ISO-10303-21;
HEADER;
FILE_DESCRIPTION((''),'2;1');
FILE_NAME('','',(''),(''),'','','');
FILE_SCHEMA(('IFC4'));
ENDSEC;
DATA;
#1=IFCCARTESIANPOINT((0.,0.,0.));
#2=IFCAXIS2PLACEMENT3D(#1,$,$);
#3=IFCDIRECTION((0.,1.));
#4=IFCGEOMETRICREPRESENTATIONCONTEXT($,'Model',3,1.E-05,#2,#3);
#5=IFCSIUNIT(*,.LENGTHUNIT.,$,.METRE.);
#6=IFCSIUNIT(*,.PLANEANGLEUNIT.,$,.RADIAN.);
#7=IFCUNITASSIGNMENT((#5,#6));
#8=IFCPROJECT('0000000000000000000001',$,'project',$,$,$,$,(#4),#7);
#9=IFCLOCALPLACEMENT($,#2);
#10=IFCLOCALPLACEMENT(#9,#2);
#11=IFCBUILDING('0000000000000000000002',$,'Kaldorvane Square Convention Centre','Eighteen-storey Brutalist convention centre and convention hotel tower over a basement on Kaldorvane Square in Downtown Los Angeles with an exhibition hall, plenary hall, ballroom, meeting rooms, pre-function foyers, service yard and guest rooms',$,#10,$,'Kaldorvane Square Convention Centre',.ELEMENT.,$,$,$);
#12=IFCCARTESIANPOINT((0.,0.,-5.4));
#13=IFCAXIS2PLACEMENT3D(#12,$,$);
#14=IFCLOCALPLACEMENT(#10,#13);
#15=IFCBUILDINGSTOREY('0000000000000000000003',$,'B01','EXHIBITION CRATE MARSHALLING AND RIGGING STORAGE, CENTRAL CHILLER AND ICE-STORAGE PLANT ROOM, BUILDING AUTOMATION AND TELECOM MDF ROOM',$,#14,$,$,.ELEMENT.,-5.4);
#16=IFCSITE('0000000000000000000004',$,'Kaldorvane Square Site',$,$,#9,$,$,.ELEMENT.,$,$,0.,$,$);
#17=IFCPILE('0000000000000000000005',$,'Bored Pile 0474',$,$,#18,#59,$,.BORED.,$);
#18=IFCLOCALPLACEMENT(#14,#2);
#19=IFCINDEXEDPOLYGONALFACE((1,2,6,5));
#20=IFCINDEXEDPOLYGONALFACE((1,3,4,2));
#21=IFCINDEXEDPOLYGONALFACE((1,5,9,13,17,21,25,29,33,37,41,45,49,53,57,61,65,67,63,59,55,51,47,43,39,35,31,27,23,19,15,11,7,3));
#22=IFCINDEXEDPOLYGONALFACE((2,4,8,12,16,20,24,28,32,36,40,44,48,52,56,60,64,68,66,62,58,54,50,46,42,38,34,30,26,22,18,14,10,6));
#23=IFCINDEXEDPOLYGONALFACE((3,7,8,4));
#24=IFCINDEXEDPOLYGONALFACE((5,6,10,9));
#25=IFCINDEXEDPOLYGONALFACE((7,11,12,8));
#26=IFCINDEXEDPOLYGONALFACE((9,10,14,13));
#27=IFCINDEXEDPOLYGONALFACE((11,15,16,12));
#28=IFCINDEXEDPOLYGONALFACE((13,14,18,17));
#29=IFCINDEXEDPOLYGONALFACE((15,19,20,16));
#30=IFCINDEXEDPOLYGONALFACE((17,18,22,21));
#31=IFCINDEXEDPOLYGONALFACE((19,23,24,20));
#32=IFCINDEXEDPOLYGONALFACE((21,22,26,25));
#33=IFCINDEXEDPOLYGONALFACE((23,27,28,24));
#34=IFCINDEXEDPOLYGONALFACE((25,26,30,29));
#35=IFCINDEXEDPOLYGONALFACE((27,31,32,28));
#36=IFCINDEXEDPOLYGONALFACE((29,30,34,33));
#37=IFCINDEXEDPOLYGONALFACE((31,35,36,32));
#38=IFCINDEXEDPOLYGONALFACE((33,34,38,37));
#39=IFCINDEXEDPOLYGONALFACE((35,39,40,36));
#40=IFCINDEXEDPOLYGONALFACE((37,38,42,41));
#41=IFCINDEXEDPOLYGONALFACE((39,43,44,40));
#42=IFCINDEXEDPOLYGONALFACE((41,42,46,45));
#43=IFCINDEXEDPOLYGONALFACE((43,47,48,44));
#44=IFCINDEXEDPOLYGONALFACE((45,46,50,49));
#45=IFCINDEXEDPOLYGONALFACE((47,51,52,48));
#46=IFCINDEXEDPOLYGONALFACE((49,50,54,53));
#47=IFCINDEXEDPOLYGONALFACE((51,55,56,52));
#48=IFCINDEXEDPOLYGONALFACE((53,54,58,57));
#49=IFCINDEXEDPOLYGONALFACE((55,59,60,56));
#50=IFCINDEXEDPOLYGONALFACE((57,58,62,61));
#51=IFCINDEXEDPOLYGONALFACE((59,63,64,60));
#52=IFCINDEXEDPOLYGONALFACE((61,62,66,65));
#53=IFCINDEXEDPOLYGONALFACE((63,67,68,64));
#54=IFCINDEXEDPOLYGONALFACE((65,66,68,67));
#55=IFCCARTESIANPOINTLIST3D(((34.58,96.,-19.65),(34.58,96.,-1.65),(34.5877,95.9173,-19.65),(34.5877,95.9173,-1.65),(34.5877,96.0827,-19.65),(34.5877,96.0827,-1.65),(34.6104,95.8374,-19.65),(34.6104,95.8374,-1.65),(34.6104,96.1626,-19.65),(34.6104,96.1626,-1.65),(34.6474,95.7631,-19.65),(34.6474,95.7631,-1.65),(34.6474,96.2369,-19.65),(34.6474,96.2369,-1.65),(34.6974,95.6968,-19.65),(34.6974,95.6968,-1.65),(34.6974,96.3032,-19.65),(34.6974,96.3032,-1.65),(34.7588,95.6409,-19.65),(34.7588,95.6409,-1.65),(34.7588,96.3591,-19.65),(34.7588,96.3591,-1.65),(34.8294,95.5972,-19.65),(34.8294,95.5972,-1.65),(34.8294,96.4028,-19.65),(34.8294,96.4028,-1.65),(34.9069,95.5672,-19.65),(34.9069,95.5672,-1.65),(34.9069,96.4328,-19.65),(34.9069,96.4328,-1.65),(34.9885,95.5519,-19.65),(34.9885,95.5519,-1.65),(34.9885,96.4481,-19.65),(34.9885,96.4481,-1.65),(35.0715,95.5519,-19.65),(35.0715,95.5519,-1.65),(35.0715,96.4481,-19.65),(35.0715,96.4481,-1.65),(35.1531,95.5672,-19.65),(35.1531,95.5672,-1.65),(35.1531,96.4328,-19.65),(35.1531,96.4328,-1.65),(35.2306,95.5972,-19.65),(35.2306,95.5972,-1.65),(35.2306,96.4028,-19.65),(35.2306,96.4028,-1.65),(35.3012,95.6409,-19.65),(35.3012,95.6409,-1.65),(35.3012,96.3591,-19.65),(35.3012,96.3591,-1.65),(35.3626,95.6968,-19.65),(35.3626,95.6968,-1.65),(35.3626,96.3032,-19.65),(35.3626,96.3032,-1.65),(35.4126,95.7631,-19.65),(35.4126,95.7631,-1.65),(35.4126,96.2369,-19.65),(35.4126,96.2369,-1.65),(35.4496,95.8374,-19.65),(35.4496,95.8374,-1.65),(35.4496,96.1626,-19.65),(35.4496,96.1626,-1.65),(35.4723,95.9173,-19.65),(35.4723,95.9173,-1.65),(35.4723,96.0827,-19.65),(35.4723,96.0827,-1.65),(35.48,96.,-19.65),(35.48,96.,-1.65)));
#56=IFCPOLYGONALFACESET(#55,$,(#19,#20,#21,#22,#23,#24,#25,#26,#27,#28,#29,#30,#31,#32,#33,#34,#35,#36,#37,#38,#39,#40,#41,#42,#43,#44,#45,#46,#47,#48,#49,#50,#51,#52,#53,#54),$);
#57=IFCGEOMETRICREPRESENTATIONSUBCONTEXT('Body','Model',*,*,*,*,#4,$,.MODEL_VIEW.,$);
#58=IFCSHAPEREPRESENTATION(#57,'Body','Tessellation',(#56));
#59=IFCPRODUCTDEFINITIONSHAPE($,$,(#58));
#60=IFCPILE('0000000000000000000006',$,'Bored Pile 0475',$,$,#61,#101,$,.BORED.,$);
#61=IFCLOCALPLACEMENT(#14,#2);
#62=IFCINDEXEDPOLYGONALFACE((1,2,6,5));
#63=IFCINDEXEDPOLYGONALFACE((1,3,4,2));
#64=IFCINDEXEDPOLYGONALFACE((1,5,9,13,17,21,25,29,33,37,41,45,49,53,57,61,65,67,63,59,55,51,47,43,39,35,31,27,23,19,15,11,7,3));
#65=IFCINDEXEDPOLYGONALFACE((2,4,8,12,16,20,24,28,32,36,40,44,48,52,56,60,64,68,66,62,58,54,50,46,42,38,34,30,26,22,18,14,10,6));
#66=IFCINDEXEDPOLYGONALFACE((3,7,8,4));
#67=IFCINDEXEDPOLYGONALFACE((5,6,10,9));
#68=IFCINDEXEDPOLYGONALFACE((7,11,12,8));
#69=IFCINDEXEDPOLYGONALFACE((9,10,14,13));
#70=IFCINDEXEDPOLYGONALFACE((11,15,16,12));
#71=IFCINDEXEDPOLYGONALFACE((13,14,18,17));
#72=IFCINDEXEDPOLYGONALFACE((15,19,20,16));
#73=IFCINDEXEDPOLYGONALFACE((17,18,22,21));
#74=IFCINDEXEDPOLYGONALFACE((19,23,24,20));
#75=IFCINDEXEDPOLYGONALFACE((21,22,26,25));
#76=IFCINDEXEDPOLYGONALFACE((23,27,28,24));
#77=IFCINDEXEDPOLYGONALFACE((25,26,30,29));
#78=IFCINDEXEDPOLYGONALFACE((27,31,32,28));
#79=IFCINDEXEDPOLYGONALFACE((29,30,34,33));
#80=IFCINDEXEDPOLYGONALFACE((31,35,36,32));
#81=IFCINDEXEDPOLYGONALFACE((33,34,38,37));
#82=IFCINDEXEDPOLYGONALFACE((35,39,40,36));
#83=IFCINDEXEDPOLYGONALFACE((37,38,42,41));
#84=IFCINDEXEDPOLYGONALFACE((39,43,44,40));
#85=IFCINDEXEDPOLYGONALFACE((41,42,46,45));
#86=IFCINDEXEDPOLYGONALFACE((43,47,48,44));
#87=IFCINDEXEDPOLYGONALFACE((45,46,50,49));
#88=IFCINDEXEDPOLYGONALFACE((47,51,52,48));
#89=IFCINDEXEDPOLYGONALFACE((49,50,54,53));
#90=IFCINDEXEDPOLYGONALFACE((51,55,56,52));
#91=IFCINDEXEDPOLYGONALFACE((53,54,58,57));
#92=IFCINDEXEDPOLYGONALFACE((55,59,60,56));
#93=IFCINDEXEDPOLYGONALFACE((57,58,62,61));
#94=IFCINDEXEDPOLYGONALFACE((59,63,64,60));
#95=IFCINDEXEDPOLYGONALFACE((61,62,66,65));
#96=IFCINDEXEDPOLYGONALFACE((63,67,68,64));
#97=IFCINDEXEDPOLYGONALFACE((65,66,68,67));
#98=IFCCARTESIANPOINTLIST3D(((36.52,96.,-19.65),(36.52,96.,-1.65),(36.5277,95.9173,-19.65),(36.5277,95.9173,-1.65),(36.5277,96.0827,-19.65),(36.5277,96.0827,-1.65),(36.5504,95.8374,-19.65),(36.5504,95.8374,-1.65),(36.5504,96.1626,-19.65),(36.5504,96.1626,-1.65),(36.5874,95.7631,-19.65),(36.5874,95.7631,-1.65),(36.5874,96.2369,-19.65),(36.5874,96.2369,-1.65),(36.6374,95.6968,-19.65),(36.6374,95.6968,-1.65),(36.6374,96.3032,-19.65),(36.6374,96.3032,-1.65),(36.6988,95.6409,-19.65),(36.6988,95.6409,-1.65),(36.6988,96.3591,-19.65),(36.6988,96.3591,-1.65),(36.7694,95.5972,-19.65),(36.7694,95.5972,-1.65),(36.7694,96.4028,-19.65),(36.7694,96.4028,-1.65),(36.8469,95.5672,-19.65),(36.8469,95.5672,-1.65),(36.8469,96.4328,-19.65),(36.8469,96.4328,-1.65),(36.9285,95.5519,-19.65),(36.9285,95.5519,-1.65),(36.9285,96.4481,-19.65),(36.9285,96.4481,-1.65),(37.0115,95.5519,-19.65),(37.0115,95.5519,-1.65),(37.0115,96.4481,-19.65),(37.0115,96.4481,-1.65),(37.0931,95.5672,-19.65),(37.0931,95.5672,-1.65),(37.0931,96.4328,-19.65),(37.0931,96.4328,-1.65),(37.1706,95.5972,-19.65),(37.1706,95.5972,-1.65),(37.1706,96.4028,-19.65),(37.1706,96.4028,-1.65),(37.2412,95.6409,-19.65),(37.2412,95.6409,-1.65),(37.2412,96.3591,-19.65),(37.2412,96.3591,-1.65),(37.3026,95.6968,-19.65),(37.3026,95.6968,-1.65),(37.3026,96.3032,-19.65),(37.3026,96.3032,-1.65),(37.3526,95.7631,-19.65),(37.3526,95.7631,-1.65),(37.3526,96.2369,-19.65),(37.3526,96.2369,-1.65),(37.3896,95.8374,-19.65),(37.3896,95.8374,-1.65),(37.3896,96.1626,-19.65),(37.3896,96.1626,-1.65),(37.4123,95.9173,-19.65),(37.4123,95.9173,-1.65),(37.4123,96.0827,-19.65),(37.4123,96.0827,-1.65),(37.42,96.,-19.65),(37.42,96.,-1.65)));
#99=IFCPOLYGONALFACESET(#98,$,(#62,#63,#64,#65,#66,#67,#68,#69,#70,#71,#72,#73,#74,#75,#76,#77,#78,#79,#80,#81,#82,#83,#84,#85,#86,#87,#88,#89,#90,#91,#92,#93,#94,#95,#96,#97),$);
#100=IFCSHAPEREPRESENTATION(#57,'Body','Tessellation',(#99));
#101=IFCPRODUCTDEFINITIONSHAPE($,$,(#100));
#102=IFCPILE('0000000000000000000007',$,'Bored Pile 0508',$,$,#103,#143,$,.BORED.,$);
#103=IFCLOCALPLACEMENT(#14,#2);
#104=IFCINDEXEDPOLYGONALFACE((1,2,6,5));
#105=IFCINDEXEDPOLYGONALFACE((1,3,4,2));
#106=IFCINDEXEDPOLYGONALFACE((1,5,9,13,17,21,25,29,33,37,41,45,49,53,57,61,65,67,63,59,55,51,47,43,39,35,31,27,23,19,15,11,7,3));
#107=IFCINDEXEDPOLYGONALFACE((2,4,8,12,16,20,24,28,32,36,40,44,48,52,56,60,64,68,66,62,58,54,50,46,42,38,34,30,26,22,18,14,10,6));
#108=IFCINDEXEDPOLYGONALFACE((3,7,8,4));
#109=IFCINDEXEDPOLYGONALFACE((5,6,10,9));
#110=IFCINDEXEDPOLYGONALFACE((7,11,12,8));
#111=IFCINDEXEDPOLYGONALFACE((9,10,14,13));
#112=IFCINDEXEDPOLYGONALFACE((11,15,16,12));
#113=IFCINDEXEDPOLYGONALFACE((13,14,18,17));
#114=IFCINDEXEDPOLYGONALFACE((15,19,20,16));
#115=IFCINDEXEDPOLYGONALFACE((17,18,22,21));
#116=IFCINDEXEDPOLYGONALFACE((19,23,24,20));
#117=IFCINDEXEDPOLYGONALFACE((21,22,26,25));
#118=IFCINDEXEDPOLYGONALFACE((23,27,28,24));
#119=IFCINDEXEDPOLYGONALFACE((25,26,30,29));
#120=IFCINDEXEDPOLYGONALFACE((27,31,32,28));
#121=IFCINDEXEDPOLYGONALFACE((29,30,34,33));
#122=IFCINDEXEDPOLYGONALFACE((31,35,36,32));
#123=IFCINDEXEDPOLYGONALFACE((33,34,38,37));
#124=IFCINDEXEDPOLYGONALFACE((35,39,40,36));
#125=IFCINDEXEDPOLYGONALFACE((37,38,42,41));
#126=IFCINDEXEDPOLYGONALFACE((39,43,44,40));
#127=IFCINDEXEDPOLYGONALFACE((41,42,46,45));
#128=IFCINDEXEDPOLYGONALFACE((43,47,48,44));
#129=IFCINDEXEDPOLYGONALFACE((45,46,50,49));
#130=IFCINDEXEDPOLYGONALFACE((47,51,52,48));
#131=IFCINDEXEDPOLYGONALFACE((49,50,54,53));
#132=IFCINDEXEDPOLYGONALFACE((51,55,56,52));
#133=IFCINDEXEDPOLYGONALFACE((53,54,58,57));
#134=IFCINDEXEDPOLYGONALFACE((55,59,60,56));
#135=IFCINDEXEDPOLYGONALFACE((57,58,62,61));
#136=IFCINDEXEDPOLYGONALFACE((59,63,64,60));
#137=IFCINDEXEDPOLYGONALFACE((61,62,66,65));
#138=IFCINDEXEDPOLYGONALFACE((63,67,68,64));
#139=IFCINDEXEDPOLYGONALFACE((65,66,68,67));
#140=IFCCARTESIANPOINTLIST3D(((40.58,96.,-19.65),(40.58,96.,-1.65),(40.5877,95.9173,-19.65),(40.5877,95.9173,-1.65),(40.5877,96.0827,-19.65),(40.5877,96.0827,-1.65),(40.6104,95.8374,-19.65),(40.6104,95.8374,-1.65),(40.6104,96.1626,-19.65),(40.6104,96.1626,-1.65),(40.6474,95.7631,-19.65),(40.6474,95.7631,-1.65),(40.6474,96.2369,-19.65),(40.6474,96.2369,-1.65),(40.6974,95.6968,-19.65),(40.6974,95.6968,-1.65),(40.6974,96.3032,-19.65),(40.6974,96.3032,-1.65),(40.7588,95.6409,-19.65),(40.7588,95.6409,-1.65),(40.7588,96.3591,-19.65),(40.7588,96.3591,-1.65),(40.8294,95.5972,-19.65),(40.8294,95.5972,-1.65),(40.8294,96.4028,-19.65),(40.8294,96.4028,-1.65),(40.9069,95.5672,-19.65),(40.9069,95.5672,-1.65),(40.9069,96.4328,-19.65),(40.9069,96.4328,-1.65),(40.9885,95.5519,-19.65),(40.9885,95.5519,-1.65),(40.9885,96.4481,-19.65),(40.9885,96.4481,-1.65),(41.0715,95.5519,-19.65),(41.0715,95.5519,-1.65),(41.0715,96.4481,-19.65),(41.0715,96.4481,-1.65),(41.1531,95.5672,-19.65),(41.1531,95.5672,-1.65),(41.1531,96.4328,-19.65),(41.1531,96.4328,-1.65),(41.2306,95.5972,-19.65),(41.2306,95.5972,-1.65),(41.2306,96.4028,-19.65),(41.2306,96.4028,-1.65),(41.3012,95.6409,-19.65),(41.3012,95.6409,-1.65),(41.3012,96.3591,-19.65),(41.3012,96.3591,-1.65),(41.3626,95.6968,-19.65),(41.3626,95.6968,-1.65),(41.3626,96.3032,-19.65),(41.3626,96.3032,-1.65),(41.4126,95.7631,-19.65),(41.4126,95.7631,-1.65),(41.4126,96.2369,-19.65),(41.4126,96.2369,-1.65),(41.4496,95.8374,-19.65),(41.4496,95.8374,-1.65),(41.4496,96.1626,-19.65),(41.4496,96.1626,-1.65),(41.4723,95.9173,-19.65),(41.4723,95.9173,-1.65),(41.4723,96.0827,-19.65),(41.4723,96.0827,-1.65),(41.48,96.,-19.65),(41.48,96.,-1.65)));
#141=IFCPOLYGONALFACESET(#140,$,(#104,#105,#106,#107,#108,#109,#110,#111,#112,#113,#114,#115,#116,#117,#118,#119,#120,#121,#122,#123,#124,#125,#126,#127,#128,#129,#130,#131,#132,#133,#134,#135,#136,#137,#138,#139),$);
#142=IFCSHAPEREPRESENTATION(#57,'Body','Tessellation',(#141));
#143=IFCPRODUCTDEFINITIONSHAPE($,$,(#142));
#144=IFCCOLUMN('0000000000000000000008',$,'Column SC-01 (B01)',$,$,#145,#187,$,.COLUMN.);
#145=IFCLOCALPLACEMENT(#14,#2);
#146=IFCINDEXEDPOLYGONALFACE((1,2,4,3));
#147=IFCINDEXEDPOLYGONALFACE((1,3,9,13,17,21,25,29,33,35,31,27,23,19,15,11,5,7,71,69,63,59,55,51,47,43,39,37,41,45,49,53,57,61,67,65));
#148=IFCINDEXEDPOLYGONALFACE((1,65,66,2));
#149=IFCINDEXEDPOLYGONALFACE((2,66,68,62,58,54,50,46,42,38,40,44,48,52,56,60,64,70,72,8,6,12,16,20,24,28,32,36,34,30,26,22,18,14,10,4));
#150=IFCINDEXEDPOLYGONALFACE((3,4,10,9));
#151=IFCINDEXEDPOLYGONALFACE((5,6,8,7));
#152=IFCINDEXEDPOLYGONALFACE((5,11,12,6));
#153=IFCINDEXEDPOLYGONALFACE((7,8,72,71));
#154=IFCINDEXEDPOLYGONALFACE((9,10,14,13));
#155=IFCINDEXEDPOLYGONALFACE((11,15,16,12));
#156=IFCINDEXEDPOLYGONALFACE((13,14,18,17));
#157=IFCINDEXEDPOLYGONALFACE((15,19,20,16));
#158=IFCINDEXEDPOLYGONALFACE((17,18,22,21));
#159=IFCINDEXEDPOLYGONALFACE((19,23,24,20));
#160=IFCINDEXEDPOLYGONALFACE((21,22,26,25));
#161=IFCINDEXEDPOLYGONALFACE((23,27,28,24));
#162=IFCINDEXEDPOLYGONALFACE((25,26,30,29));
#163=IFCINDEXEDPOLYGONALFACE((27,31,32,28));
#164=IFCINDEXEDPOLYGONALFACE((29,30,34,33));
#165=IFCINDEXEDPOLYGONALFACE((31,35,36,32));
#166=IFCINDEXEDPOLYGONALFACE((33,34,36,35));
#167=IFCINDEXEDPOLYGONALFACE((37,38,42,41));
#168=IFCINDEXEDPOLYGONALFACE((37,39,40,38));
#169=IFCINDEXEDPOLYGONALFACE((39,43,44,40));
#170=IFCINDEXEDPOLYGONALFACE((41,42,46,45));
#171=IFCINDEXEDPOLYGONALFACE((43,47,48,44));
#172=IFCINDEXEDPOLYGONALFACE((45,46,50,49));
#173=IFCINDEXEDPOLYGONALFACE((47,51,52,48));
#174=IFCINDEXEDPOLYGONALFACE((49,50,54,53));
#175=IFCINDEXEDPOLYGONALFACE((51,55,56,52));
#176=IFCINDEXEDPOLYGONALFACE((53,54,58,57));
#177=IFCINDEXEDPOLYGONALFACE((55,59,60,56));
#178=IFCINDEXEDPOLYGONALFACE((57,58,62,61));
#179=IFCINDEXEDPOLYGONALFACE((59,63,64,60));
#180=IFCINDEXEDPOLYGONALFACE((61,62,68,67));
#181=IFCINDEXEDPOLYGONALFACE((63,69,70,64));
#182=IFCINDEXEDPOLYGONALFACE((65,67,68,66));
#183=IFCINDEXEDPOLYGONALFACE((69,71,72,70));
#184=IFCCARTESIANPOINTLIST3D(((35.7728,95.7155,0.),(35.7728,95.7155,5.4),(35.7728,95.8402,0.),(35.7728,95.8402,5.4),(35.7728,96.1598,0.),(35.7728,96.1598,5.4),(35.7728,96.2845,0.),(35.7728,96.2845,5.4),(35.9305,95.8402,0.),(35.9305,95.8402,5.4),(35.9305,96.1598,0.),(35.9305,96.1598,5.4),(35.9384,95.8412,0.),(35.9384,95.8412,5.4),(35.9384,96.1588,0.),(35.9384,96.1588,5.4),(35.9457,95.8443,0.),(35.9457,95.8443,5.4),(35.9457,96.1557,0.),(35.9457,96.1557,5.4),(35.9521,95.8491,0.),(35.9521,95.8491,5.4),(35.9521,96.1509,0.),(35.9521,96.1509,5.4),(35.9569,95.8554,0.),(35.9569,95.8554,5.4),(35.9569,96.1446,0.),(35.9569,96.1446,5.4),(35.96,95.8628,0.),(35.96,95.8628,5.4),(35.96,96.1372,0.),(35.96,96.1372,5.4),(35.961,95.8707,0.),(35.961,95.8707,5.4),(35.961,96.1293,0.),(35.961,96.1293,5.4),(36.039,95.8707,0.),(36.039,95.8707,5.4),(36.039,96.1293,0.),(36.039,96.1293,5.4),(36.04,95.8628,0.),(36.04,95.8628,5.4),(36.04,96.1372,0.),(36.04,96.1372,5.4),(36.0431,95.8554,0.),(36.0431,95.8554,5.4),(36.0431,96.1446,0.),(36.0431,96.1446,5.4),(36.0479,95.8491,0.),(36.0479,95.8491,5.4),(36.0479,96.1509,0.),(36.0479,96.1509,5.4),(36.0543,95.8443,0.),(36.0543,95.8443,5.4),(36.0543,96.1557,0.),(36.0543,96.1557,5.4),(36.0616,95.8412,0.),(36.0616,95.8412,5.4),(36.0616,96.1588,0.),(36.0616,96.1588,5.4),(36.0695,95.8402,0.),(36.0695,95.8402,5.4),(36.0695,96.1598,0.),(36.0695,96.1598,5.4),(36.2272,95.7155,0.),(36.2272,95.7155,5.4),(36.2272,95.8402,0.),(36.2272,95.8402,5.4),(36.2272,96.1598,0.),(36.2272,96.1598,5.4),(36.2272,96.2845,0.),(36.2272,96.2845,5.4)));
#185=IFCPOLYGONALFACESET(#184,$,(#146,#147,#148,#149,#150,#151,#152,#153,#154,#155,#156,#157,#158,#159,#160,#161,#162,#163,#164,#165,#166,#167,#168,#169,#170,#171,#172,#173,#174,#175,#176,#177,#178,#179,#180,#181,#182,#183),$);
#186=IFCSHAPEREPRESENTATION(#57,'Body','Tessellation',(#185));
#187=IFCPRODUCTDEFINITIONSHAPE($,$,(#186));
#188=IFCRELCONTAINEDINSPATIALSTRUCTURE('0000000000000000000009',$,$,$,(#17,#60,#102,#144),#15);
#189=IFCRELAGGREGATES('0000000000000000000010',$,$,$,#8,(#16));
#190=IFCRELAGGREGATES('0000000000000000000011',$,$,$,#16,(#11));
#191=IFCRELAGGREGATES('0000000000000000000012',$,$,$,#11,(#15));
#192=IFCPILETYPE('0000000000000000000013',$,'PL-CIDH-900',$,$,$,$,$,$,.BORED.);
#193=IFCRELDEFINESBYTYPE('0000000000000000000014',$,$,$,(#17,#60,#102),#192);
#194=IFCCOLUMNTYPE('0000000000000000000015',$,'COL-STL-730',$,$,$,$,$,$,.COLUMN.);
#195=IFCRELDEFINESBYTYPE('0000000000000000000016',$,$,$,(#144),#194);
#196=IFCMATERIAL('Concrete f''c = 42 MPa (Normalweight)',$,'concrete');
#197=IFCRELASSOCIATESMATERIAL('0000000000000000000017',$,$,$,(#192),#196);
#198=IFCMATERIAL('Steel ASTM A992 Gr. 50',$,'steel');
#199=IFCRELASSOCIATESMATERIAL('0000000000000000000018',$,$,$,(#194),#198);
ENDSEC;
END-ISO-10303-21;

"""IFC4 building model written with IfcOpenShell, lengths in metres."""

from ifc_helpers import new_model, si_unit, direction, frame, origin, origin_2d, place, context, subcontext, project, spatial, circle, i_section, extrude, material, material_profile, profile_set, type_object, element, save


model = new_model("IFC4")

# Units and contexts
model_context = context("Model", 3, precision=1e-05, world=origin(), true_north=direction((0.0, 1.0)))
body_context = subcontext(model_context, "Body", "Model", "MODEL_VIEW")
ifc_project = project(units=[si_unit("LENGTHUNIT", "METRE"), si_unit("PLANEANGLEUNIT", "RADIAN")], contexts=[model_context])

# Site, building, storey
site_placement = place(None, origin())
site = spatial("IfcSite", under=ifc_project, at=site_placement, Name="Kaldorvane Square Site", CompositionType="ELEMENT", RefElevation=0.0)
building_placement = place(site_placement, origin())
building = spatial("IfcBuilding", under=site, at=building_placement, Name="Kaldorvane Square Convention Centre", Description="Eighteen-storey Brutalist convention centre and convention hotel tower over a basement on Kaldorvane Square in Downtown Los Angeles with an exhibition hall, plenary hall, ballroom, meeting rooms, pre-function foyers, service yard and guest rooms", LongName="Kaldorvane Square Convention Centre", CompositionType="ELEMENT")
storey_placement = place(building_placement, frame((0.0, 0.0, -5.4)))
storey = spatial("IfcBuildingStorey", under=building, at=storey_placement, Name="B01", Description="EXHIBITION CRATE MARSHALLING AND RIGGING STORAGE, CENTRAL CHILLER AND ICE-STORAGE PLANT ROOM, BUILDING AUTOMATION AND TELECOM MDF ROOM", CompositionType="ELEMENT", Elevation=-5.4)

# Shared definitions
ifc_material_1 = material(Name="Concrete f'c = 42 MPa (Normalweight)", Category="concrete")

# Piles
ifc_material_profile_1 = material_profile(ifc_material_1, circle(Radius=0.45, at=origin_2d()), Name="PILE-D900")
ifc_profile_set_1 = profile_set([ifc_material_profile_1], Name="Concrete f'c = 42 MPa (Normalweight)")
pile_type_1 = type_object("IfcPileType", Name="PL-CIDH-900", PredefinedType="BORED", material=ifc_profile_set_1)
for number, where, z_axis, x_axis, name in (
    (1, (35.03, 96.0, -1.65), (0.0, 0.0, -1.0), (1.0, 0.0, 0.0), "Bored Pile 0474"),
    (2, (36.97, 96.0, -1.65), (0.0, 0.0, -1.0), (1.0, 0.0, 0.0), "Bored Pile 0475"),
    (3, (41.03, 96.0, -1.65), (0.0, 0.0, -1.0), (1.0, 0.0, 0.0), "Bored Pile 0508"),
):
    element("IfcPile", number, at=place(storey_placement, frame(where, z_axis=z_axis, x_axis=x_axis)), inside=storey, type_object=pile_type_1, Name=name, PredefinedType="BORED", context=body_context, shape_type="SweptSolid", body=[
        extrude(circle(Radius=0.45, at=origin_2d()), origin(), (0.0, 0.0, 1.0), 18.0),
    ])

# Column
ifc_material_2 = material(Name="Steel ASTM A992 Gr. 50", Category="steel")
ifc_material_profile_2 = material_profile(ifc_material_2, i_section(OverallWidth=0.4544, OverallDepth=0.569, WebThickness=0.078, FlangeThickness=0.1247, FilletRadius=0.0305, at=origin_2d()), Name="W14X730")
ifc_profile_set_2 = profile_set([ifc_material_profile_2], Name="Steel ASTM A992 Gr. 50")
column_type = type_object("IfcColumnType", Name="COL-STL-730", PredefinedType="COLUMN", material=ifc_profile_set_2)
for number, where, z_axis, x_axis, name in (
    (4, (36.0, 96.0, 0.0), (0.0, 0.0, 1.0), (1.0, 0.0, 0.0), "Column SC-01 (B01)"),
):
    element("IfcColumn", number, at=place(storey_placement, frame(where, z_axis=z_axis, x_axis=x_axis)), inside=storey, type_object=column_type, Name=name, PredefinedType="COLUMN", context=body_context, shape_type="SweptSolid", body=[
        extrude(i_section(OverallWidth=0.4544, OverallDepth=0.569, WebThickness=0.078, FlangeThickness=0.1247, FilletRadius=0.0305, at=origin_2d()), origin(), (0.0, 0.0, 1.0), 5.4),
    ])

save(model, "model.ifc")
